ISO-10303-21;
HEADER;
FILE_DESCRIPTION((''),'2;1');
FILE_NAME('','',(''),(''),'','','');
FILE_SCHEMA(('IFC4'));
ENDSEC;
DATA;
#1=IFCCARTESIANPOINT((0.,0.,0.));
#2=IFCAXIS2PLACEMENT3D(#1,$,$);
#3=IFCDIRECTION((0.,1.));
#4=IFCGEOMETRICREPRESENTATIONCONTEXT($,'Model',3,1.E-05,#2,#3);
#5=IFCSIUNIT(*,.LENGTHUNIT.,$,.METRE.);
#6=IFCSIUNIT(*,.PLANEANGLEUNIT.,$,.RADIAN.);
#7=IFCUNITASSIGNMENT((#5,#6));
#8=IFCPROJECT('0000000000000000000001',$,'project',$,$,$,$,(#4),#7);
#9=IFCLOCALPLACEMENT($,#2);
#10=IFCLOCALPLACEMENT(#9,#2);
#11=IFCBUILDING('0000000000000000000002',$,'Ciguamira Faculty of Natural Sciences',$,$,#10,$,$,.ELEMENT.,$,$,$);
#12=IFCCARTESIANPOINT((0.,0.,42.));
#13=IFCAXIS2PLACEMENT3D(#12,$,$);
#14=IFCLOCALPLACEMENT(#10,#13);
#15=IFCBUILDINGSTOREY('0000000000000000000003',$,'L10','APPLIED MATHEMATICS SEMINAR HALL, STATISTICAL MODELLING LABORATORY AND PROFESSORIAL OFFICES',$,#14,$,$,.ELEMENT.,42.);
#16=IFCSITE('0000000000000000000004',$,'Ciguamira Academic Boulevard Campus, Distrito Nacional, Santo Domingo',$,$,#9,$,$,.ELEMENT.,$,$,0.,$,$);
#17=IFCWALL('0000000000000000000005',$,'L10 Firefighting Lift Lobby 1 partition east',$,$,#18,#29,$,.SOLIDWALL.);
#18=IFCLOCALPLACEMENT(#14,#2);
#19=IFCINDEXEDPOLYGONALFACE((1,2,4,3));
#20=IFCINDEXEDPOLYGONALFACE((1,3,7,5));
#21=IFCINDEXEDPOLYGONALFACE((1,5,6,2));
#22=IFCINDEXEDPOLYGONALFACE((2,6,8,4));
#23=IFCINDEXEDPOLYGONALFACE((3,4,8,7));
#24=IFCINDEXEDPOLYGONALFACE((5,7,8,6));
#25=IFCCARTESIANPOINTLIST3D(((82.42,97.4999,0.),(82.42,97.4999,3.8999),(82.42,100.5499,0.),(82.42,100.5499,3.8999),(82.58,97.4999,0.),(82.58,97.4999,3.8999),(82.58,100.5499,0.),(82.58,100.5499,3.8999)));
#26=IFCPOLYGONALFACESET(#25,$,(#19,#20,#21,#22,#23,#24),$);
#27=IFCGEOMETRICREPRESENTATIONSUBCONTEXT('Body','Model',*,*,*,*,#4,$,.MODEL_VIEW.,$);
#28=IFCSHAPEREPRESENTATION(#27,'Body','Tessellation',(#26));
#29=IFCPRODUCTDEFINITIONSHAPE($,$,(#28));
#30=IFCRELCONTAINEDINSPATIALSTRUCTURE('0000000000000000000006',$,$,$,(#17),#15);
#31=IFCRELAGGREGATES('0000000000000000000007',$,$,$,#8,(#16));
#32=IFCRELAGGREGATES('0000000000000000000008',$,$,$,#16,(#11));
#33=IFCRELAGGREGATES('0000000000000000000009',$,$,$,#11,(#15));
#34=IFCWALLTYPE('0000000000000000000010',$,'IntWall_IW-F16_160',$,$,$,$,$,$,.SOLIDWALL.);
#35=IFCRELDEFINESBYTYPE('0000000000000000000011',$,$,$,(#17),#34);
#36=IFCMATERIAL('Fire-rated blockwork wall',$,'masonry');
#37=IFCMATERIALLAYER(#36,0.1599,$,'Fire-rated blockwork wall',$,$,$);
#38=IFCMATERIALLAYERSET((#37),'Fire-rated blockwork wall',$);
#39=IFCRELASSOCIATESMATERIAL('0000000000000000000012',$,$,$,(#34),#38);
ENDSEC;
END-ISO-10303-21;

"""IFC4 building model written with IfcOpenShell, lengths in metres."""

from ifc_helpers import new_model, si_unit, direction, frame, frame_2d, origin, place, context, subcontext, project, spatial, rectangle, extrude, material, layer, layer_set, type_object, element, save


model = new_model("IFC4")

# Units and contexts
model_context = context("Model", 3, precision=1e-05, world=origin(), true_north=direction((0.0, 1.0)))
body_context = subcontext(model_context, "Body", "Model", "MODEL_VIEW")
ifc_project = project(units=[si_unit("LENGTHUNIT", "METRE"), si_unit("PLANEANGLEUNIT", "RADIAN")], contexts=[model_context])

# Site, building, storey
site_placement = place(None, origin())
site = spatial("IfcSite", under=ifc_project, at=site_placement, Name="Ciguamira Academic Boulevard Campus, Distrito Nacional, Santo Domingo", CompositionType="ELEMENT", RefElevation=0.0)
building_placement = place(site_placement, origin())
building = spatial("IfcBuilding", under=site, at=building_placement, Name="Ciguamira Faculty of Natural Sciences", CompositionType="ELEMENT")
storey_placement = place(building_placement, frame((0.0, 0.0, 42.0)))
storey = spatial("IfcBuildingStorey", under=building, at=storey_placement, Name="L10", Description="APPLIED MATHEMATICS SEMINAR HALL, STATISTICAL MODELLING LABORATORY AND PROFESSORIAL OFFICES", CompositionType="ELEMENT", Elevation=42.0)

# Shared definitions
ifc_material_1 = material(Name="Fire-rated blockwork wall", Category="masonry")
ifc_layer_1 = layer(ifc_material_1, 0.1599, Name="Fire-rated blockwork wall")
ifc_layer_set_1 = layer_set([ifc_layer_1], Name="Fire-rated blockwork wall")
wall_type_1 = type_object("IfcWallType", Name="IntWall_IW-F16_160", PredefinedType="SOLIDWALL", material=ifc_layer_set_1)

# Wall
wall_1_placement = place(storey_placement, frame((82.5, 97.5, 0.0), z_axis=(0.0, 0.0, 1.0), x_axis=(0.0, 1.0, 0.0)))
element("IfcWall", 1, at=wall_1_placement, inside=storey, type_object=wall_type_1, Name="L10 Firefighting Lift Lobby 1 partition east", PredefinedType="SOLIDWALL", context=body_context, shape_type="SweptSolid", body=[
    extrude(rectangle(XDim=3.05, YDim=0.1599, at=frame_2d((1.5249, 0.0))), origin(), (0.0, 0.0, 1.0), 3.8999),
])

save(model, "model.ifc")
